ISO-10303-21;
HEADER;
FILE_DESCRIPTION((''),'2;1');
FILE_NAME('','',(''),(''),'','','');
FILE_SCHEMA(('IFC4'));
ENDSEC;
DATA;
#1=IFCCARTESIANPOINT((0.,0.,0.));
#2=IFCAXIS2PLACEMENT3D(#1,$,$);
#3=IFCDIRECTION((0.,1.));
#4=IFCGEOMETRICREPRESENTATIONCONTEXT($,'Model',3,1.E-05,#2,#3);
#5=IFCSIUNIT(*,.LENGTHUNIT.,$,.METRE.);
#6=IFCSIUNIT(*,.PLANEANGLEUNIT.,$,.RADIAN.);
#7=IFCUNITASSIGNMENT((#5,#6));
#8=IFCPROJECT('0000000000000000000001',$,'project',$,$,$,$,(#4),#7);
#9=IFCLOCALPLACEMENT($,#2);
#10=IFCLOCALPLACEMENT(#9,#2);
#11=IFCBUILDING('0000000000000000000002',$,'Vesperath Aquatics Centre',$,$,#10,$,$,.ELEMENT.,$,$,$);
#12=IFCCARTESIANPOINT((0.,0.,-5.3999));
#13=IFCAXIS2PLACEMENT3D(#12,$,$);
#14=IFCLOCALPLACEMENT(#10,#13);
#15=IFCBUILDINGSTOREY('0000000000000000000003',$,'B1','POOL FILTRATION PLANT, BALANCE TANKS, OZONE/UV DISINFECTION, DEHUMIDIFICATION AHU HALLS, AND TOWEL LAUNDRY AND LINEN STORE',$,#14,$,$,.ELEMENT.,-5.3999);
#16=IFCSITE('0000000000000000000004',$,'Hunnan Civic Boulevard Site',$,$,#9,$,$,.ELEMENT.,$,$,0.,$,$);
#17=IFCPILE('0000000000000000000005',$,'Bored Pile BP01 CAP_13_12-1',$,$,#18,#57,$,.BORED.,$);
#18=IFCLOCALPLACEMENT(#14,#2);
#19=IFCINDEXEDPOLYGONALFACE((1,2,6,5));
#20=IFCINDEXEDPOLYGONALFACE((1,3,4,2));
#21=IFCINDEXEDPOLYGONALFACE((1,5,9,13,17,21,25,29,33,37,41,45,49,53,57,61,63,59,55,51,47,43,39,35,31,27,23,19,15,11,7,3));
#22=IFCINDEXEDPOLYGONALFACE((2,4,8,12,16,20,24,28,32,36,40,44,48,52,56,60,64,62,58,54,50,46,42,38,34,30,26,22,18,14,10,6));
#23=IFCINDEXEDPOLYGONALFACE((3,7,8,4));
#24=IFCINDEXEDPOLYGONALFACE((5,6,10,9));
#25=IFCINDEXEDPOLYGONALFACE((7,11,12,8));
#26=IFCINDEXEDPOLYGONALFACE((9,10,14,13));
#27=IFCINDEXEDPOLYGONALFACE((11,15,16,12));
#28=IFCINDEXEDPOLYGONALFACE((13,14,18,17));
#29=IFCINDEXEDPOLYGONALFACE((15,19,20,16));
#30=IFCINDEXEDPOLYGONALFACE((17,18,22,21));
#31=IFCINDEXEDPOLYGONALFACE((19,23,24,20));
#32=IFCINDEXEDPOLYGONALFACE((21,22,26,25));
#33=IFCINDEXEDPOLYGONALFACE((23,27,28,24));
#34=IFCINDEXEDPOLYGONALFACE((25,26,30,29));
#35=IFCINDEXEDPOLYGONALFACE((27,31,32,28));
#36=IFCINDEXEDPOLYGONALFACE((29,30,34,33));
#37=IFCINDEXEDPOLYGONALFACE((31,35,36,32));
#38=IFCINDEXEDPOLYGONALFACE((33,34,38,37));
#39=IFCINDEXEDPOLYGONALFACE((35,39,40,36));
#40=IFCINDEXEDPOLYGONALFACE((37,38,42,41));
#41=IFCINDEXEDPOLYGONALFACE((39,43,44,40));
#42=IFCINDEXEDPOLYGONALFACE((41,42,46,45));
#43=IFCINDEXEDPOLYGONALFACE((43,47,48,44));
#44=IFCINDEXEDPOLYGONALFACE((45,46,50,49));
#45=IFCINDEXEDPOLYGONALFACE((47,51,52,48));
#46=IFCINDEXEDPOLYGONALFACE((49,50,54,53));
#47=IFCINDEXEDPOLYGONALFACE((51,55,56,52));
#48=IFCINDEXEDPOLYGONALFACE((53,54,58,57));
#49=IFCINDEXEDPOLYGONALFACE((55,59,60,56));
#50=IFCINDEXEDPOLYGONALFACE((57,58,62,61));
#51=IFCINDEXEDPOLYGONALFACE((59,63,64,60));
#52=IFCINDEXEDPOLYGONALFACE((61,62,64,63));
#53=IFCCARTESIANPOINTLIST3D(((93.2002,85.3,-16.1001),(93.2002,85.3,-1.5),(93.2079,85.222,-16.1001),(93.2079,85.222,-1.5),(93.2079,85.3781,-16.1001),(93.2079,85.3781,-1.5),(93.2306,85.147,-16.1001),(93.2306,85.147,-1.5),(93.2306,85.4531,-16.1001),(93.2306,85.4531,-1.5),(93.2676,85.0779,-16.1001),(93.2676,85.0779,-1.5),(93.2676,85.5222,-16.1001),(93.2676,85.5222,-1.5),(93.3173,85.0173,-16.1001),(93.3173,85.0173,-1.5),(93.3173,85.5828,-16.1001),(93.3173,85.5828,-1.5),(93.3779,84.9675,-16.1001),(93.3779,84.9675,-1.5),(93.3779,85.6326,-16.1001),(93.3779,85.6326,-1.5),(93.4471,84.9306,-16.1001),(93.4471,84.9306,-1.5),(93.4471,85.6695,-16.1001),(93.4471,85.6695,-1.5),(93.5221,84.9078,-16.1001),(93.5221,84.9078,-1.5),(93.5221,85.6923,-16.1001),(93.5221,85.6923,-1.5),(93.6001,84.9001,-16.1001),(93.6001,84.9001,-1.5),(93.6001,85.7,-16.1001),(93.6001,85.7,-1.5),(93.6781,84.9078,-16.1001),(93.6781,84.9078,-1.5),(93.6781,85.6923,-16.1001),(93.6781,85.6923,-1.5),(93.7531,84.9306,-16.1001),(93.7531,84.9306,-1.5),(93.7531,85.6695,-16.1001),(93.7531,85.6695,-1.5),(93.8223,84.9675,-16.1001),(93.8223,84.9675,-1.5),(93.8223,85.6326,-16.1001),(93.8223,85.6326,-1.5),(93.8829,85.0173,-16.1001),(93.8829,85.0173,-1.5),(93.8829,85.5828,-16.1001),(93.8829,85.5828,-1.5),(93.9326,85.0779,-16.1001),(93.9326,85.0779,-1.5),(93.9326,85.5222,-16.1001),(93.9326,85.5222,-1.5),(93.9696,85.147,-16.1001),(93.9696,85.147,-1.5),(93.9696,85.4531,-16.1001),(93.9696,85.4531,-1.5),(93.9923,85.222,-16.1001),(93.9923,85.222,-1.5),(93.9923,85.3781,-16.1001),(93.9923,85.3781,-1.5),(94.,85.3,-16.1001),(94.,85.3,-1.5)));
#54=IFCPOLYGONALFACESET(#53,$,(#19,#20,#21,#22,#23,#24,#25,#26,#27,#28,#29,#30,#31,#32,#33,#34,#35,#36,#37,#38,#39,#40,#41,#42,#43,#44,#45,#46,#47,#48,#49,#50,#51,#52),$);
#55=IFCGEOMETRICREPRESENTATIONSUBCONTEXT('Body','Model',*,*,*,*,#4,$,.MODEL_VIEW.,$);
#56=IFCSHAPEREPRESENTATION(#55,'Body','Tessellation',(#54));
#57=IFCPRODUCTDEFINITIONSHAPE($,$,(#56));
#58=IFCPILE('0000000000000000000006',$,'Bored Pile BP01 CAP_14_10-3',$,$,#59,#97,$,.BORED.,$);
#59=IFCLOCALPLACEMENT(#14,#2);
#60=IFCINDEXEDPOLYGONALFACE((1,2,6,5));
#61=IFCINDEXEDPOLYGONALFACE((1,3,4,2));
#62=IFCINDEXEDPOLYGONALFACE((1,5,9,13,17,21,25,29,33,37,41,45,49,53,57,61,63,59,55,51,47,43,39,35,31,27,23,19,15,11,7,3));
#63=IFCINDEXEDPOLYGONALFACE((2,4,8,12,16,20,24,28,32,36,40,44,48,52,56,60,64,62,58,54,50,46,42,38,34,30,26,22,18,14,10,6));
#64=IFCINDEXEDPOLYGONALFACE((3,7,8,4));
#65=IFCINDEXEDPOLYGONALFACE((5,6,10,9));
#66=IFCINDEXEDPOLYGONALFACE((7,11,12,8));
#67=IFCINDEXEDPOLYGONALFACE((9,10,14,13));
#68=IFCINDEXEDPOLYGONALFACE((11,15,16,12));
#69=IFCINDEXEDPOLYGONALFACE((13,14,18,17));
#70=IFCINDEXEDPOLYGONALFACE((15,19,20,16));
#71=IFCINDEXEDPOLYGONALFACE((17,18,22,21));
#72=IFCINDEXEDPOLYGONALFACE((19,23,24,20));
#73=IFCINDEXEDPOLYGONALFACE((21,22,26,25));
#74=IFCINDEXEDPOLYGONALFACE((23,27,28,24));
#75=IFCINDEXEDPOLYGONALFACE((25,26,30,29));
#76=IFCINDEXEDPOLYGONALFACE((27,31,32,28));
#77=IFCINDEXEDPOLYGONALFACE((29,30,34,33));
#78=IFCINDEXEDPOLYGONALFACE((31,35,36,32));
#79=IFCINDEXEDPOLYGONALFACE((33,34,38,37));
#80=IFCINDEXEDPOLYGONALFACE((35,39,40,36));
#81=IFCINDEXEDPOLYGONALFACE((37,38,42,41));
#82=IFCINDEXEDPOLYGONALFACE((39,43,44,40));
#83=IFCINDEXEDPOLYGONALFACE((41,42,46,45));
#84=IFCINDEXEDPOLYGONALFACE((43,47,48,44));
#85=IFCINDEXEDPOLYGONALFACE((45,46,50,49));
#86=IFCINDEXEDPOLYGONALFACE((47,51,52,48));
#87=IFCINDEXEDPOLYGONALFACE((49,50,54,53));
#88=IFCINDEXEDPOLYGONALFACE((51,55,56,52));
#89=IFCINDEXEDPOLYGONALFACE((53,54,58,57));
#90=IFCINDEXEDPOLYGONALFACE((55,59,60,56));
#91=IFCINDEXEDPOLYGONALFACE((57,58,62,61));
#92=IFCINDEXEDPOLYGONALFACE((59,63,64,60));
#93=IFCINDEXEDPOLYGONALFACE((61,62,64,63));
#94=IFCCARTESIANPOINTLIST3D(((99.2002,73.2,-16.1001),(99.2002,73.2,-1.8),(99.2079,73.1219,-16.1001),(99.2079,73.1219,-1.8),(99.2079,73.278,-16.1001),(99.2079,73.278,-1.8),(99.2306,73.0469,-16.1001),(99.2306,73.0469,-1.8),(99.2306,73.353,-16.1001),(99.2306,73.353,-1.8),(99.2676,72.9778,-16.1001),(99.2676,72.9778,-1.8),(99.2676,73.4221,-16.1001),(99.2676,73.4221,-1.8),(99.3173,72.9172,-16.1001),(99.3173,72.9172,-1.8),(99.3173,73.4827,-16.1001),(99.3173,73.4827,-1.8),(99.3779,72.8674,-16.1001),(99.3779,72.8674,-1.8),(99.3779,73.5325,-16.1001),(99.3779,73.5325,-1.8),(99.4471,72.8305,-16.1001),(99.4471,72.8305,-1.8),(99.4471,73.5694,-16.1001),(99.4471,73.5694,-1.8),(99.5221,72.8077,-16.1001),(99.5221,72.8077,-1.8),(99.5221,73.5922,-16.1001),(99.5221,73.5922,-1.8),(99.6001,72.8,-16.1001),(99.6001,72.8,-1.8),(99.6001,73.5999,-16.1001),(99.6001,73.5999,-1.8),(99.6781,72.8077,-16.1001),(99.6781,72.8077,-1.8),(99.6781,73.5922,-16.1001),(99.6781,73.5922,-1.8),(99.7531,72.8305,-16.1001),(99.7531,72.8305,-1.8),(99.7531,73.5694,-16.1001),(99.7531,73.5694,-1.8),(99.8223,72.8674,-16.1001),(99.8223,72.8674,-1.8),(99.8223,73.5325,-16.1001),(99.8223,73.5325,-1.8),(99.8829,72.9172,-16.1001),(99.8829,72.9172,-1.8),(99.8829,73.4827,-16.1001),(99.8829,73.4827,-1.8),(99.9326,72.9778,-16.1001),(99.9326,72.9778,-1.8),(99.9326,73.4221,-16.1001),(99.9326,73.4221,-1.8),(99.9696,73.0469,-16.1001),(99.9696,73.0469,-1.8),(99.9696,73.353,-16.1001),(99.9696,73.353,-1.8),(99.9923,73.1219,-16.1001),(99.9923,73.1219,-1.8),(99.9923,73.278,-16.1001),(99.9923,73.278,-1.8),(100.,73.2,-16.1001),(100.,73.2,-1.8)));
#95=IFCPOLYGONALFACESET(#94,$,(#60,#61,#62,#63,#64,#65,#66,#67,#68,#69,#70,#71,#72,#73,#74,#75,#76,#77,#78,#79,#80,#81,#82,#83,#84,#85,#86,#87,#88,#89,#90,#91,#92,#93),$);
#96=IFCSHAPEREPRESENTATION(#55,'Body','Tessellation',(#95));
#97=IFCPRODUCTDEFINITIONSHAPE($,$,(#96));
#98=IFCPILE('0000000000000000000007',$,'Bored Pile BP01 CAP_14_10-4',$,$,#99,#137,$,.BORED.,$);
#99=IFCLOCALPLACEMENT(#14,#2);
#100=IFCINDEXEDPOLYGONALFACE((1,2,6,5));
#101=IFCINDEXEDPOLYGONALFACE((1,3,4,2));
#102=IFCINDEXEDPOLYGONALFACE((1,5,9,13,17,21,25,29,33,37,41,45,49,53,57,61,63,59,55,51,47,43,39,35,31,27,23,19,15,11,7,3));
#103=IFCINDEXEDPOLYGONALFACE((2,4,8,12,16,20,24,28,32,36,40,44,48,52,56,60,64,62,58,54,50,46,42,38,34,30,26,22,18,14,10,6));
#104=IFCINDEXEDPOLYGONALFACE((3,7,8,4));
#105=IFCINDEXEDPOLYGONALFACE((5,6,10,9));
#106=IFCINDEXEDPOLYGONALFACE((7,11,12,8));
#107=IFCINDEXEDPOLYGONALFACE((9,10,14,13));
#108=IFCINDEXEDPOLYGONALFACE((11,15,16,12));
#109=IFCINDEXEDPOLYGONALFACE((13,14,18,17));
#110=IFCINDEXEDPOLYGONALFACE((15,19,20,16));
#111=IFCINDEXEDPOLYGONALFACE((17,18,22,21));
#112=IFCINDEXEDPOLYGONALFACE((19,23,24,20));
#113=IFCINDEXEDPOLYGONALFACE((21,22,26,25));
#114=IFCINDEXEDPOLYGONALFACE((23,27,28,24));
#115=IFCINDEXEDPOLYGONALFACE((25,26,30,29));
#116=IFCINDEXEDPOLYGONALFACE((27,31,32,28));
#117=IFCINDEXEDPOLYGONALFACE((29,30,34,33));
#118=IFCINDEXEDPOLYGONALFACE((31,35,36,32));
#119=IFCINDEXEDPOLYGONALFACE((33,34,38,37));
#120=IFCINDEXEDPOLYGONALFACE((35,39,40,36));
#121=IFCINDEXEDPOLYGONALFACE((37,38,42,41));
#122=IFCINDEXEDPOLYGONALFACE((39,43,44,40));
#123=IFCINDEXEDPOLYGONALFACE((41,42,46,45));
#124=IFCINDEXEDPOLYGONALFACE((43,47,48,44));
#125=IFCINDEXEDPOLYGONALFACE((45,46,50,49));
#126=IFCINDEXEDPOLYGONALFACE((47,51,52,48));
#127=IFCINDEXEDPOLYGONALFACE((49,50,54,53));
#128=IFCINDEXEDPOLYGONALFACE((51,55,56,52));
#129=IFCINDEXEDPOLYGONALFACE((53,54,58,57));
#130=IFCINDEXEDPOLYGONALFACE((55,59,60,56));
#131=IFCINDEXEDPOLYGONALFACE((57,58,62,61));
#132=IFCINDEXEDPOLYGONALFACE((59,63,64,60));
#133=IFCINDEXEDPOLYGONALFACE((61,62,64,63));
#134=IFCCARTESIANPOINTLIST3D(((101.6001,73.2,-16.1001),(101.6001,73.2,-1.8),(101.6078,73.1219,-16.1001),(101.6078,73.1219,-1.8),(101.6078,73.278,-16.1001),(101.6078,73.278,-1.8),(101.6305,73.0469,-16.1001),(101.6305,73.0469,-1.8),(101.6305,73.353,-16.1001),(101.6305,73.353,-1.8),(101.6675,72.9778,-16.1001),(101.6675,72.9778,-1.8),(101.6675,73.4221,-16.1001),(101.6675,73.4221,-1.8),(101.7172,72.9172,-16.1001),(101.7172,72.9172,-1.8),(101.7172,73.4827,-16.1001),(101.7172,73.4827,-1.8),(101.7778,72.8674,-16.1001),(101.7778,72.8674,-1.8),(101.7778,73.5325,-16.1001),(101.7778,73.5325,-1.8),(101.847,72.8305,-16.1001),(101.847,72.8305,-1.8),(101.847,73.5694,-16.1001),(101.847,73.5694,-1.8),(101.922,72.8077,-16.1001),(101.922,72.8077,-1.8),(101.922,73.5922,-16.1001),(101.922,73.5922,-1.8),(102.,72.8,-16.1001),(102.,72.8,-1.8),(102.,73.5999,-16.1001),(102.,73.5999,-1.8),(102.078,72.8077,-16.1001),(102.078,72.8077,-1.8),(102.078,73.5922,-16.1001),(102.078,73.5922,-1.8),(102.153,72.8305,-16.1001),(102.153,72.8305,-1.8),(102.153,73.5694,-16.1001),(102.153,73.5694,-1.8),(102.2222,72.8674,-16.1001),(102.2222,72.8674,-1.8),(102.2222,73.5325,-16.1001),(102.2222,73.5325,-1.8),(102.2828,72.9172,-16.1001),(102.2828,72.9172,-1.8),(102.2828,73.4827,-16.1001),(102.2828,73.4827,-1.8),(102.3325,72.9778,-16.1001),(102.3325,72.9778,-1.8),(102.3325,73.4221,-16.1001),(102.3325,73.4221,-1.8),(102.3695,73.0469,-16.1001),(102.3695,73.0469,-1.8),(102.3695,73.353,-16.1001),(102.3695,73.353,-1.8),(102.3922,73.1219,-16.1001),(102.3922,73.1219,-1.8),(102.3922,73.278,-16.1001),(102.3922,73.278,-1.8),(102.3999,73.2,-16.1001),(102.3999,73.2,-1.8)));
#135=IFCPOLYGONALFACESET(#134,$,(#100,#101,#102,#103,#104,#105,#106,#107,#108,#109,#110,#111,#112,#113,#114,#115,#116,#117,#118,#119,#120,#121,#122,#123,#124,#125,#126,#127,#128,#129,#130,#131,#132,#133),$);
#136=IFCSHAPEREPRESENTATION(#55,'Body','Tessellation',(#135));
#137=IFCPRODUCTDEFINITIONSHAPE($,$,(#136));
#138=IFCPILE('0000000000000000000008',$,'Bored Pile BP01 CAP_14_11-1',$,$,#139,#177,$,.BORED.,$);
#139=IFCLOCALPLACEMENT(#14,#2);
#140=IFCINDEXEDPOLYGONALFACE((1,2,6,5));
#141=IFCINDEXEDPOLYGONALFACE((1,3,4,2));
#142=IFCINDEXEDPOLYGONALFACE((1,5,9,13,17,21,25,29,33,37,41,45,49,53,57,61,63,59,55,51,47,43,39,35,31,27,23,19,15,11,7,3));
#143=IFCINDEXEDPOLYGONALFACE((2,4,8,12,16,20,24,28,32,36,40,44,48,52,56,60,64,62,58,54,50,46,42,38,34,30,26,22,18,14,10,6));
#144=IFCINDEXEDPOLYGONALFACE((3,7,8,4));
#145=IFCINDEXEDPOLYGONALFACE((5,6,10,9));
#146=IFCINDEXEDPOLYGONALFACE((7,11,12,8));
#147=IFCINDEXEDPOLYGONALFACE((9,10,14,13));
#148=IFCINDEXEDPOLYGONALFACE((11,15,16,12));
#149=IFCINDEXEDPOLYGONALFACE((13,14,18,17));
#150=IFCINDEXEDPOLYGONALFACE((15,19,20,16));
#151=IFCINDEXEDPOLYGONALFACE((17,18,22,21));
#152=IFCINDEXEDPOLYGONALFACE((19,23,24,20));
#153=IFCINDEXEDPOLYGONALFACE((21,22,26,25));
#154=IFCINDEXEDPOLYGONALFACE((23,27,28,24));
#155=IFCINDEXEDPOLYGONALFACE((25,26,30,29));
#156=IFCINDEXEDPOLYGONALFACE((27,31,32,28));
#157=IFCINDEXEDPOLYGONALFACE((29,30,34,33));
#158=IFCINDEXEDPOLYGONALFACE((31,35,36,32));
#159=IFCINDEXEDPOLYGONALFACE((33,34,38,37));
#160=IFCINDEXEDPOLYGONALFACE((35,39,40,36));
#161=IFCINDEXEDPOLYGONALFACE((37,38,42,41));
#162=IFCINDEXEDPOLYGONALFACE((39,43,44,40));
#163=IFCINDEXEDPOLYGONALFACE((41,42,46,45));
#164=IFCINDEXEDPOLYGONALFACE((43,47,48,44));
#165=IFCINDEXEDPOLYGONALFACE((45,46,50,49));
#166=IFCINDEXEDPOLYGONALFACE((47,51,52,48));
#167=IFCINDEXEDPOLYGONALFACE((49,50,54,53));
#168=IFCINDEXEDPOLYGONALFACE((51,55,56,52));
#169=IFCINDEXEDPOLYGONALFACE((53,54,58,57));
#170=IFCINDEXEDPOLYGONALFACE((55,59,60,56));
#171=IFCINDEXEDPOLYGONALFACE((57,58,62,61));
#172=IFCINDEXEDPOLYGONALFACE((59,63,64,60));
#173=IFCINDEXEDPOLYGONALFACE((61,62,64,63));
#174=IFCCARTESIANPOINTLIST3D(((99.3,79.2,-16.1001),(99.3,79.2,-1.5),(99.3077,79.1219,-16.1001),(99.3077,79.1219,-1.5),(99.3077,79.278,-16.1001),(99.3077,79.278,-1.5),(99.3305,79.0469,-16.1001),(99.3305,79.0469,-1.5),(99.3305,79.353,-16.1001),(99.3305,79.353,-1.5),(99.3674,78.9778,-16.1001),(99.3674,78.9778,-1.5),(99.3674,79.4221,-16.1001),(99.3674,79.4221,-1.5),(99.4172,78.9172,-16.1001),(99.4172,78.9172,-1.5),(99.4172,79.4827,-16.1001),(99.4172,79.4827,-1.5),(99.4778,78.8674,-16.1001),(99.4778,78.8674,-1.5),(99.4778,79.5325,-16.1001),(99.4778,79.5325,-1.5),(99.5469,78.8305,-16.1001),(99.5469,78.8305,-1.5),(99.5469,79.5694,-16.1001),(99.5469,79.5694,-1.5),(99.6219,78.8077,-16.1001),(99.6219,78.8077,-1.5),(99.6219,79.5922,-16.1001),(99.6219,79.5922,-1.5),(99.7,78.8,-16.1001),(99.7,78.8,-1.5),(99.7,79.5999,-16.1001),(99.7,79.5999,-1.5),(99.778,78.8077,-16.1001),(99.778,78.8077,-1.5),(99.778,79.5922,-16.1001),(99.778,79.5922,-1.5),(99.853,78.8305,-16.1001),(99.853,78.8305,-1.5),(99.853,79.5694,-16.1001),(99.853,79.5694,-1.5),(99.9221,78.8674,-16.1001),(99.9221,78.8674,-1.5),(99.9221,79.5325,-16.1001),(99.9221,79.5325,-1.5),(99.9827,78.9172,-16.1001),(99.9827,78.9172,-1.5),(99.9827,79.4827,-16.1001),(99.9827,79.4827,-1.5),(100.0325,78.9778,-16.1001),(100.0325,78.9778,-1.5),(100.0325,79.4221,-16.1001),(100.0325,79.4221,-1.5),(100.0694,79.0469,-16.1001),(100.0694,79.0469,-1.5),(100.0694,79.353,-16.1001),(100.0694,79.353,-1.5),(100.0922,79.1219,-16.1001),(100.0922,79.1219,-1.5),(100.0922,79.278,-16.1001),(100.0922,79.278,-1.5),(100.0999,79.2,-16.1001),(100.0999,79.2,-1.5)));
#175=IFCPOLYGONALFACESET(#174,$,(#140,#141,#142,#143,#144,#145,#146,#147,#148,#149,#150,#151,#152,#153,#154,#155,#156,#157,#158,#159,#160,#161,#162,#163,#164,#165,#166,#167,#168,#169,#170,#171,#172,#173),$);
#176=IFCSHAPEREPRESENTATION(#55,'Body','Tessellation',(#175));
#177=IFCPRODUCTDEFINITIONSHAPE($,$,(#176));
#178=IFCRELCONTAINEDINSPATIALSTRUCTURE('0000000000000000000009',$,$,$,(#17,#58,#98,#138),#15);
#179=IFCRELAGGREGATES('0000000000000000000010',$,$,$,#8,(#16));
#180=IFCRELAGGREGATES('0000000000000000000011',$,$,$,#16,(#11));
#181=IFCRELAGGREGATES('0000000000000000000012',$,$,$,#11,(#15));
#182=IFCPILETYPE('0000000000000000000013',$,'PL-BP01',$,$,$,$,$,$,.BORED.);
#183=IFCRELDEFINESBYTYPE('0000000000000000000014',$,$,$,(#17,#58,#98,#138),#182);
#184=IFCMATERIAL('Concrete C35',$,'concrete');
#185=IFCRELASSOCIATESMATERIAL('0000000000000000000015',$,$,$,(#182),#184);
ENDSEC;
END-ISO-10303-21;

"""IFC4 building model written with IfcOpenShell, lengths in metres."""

from ifc_helpers import new_model, si_unit, direction, frame, origin, origin_2d, place, context, subcontext, project, spatial, circle, extrude, material, material_profile, profile_set, type_object, element, save


model = new_model("IFC4")

# Units and contexts
model_context = context("Model", 3, precision=1e-05, world=origin(), true_north=direction((0.0, 1.0)))
body_context = subcontext(model_context, "Body", "Model", "MODEL_VIEW")
ifc_project = project(units=[si_unit("LENGTHUNIT", "METRE"), si_unit("PLANEANGLEUNIT", "RADIAN")], contexts=[model_context])

# Site, building, storey
site_placement = place(None, origin())
site = spatial("IfcSite", under=ifc_project, at=site_placement, Name="Hunnan Civic Boulevard Site", CompositionType="ELEMENT", RefElevation=0.0)
building_placement = place(site_placement, origin())
building = spatial("IfcBuilding", under=site, at=building_placement, Name="Vesperath Aquatics Centre", CompositionType="ELEMENT")
storey_placement = place(building_placement, frame((0.0, 0.0, -5.3999)))
storey = spatial("IfcBuildingStorey", under=building, at=storey_placement, Name="B1", Description="POOL FILTRATION PLANT, BALANCE TANKS, OZONE/UV DISINFECTION, DEHUMIDIFICATION AHU HALLS, AND TOWEL LAUNDRY AND LINEN STORE", CompositionType="ELEMENT", Elevation=-5.3999)

# Piles
ifc_material_1 = material(Name="Concrete C35", Category="concrete")
ifc_material_profile_1 = material_profile(ifc_material_1, circle(Radius=0.3999, at=origin_2d()), Name="PILE D800")
ifc_profile_set_1 = profile_set([ifc_material_profile_1], Name="Concrete C35")
pile_type_1 = type_object("IfcPileType", Name="PL-BP01", PredefinedType="BORED", material=ifc_profile_set_1)
for number, where, z_axis, x_axis, name in (
    (1, (93.6001, 85.3, -1.5), (0.0, 0.0, -1.0), (1.0, 0.0, 0.0), "Bored Pile BP01 CAP_13_12-1"),
):
    element("IfcPile", number, at=place(storey_placement, frame(where, z_axis=z_axis, x_axis=x_axis)), inside=storey, type_object=pile_type_1, Name=name, PredefinedType="BORED", context=body_context, shape_type="SweptSolid", body=[
        extrude(circle(Radius=0.3999, at=origin_2d()), origin(), (0.0, 0.0, 1.0), 14.6001),
    ])
for number, where, z_axis, x_axis, name in (
    (2, (99.6001, 73.2, -1.8), (0.0, 0.0, -1.0), (1.0, 0.0, 0.0), "Bored Pile BP01 CAP_14_10-3"),
    (3, (102.0, 73.2, -1.8), (0.0, 0.0, -1.0), (1.0, 0.0, 0.0), "Bored Pile BP01 CAP_14_10-4"),
):
    element("IfcPile", number, at=place(storey_placement, frame(where, z_axis=z_axis, x_axis=x_axis)), inside=storey, type_object=pile_type_1, Name=name, PredefinedType="BORED", context=body_context, shape_type="SweptSolid", body=[
        extrude(circle(Radius=0.3999, at=origin_2d()), origin(), (0.0, 0.0, 1.0), 14.3),
    ])
for number, where, z_axis, x_axis, name in (
    (4, (99.7, 79.2, -1.5), (0.0, 0.0, -1.0), (1.0, 0.0, 0.0), "Bored Pile BP01 CAP_14_11-1"),
):
    element("IfcPile", number, at=place(storey_placement, frame(where, z_axis=z_axis, x_axis=x_axis)), inside=storey, type_object=pile_type_1, Name=name, PredefinedType="BORED", context=body_context, shape_type="SweptSolid", body=[
        extrude(circle(Radius=0.3999, at=origin_2d()), origin(), (0.0, 0.0, 1.0), 14.6001),
    ])

save(model, "model.ifc")
